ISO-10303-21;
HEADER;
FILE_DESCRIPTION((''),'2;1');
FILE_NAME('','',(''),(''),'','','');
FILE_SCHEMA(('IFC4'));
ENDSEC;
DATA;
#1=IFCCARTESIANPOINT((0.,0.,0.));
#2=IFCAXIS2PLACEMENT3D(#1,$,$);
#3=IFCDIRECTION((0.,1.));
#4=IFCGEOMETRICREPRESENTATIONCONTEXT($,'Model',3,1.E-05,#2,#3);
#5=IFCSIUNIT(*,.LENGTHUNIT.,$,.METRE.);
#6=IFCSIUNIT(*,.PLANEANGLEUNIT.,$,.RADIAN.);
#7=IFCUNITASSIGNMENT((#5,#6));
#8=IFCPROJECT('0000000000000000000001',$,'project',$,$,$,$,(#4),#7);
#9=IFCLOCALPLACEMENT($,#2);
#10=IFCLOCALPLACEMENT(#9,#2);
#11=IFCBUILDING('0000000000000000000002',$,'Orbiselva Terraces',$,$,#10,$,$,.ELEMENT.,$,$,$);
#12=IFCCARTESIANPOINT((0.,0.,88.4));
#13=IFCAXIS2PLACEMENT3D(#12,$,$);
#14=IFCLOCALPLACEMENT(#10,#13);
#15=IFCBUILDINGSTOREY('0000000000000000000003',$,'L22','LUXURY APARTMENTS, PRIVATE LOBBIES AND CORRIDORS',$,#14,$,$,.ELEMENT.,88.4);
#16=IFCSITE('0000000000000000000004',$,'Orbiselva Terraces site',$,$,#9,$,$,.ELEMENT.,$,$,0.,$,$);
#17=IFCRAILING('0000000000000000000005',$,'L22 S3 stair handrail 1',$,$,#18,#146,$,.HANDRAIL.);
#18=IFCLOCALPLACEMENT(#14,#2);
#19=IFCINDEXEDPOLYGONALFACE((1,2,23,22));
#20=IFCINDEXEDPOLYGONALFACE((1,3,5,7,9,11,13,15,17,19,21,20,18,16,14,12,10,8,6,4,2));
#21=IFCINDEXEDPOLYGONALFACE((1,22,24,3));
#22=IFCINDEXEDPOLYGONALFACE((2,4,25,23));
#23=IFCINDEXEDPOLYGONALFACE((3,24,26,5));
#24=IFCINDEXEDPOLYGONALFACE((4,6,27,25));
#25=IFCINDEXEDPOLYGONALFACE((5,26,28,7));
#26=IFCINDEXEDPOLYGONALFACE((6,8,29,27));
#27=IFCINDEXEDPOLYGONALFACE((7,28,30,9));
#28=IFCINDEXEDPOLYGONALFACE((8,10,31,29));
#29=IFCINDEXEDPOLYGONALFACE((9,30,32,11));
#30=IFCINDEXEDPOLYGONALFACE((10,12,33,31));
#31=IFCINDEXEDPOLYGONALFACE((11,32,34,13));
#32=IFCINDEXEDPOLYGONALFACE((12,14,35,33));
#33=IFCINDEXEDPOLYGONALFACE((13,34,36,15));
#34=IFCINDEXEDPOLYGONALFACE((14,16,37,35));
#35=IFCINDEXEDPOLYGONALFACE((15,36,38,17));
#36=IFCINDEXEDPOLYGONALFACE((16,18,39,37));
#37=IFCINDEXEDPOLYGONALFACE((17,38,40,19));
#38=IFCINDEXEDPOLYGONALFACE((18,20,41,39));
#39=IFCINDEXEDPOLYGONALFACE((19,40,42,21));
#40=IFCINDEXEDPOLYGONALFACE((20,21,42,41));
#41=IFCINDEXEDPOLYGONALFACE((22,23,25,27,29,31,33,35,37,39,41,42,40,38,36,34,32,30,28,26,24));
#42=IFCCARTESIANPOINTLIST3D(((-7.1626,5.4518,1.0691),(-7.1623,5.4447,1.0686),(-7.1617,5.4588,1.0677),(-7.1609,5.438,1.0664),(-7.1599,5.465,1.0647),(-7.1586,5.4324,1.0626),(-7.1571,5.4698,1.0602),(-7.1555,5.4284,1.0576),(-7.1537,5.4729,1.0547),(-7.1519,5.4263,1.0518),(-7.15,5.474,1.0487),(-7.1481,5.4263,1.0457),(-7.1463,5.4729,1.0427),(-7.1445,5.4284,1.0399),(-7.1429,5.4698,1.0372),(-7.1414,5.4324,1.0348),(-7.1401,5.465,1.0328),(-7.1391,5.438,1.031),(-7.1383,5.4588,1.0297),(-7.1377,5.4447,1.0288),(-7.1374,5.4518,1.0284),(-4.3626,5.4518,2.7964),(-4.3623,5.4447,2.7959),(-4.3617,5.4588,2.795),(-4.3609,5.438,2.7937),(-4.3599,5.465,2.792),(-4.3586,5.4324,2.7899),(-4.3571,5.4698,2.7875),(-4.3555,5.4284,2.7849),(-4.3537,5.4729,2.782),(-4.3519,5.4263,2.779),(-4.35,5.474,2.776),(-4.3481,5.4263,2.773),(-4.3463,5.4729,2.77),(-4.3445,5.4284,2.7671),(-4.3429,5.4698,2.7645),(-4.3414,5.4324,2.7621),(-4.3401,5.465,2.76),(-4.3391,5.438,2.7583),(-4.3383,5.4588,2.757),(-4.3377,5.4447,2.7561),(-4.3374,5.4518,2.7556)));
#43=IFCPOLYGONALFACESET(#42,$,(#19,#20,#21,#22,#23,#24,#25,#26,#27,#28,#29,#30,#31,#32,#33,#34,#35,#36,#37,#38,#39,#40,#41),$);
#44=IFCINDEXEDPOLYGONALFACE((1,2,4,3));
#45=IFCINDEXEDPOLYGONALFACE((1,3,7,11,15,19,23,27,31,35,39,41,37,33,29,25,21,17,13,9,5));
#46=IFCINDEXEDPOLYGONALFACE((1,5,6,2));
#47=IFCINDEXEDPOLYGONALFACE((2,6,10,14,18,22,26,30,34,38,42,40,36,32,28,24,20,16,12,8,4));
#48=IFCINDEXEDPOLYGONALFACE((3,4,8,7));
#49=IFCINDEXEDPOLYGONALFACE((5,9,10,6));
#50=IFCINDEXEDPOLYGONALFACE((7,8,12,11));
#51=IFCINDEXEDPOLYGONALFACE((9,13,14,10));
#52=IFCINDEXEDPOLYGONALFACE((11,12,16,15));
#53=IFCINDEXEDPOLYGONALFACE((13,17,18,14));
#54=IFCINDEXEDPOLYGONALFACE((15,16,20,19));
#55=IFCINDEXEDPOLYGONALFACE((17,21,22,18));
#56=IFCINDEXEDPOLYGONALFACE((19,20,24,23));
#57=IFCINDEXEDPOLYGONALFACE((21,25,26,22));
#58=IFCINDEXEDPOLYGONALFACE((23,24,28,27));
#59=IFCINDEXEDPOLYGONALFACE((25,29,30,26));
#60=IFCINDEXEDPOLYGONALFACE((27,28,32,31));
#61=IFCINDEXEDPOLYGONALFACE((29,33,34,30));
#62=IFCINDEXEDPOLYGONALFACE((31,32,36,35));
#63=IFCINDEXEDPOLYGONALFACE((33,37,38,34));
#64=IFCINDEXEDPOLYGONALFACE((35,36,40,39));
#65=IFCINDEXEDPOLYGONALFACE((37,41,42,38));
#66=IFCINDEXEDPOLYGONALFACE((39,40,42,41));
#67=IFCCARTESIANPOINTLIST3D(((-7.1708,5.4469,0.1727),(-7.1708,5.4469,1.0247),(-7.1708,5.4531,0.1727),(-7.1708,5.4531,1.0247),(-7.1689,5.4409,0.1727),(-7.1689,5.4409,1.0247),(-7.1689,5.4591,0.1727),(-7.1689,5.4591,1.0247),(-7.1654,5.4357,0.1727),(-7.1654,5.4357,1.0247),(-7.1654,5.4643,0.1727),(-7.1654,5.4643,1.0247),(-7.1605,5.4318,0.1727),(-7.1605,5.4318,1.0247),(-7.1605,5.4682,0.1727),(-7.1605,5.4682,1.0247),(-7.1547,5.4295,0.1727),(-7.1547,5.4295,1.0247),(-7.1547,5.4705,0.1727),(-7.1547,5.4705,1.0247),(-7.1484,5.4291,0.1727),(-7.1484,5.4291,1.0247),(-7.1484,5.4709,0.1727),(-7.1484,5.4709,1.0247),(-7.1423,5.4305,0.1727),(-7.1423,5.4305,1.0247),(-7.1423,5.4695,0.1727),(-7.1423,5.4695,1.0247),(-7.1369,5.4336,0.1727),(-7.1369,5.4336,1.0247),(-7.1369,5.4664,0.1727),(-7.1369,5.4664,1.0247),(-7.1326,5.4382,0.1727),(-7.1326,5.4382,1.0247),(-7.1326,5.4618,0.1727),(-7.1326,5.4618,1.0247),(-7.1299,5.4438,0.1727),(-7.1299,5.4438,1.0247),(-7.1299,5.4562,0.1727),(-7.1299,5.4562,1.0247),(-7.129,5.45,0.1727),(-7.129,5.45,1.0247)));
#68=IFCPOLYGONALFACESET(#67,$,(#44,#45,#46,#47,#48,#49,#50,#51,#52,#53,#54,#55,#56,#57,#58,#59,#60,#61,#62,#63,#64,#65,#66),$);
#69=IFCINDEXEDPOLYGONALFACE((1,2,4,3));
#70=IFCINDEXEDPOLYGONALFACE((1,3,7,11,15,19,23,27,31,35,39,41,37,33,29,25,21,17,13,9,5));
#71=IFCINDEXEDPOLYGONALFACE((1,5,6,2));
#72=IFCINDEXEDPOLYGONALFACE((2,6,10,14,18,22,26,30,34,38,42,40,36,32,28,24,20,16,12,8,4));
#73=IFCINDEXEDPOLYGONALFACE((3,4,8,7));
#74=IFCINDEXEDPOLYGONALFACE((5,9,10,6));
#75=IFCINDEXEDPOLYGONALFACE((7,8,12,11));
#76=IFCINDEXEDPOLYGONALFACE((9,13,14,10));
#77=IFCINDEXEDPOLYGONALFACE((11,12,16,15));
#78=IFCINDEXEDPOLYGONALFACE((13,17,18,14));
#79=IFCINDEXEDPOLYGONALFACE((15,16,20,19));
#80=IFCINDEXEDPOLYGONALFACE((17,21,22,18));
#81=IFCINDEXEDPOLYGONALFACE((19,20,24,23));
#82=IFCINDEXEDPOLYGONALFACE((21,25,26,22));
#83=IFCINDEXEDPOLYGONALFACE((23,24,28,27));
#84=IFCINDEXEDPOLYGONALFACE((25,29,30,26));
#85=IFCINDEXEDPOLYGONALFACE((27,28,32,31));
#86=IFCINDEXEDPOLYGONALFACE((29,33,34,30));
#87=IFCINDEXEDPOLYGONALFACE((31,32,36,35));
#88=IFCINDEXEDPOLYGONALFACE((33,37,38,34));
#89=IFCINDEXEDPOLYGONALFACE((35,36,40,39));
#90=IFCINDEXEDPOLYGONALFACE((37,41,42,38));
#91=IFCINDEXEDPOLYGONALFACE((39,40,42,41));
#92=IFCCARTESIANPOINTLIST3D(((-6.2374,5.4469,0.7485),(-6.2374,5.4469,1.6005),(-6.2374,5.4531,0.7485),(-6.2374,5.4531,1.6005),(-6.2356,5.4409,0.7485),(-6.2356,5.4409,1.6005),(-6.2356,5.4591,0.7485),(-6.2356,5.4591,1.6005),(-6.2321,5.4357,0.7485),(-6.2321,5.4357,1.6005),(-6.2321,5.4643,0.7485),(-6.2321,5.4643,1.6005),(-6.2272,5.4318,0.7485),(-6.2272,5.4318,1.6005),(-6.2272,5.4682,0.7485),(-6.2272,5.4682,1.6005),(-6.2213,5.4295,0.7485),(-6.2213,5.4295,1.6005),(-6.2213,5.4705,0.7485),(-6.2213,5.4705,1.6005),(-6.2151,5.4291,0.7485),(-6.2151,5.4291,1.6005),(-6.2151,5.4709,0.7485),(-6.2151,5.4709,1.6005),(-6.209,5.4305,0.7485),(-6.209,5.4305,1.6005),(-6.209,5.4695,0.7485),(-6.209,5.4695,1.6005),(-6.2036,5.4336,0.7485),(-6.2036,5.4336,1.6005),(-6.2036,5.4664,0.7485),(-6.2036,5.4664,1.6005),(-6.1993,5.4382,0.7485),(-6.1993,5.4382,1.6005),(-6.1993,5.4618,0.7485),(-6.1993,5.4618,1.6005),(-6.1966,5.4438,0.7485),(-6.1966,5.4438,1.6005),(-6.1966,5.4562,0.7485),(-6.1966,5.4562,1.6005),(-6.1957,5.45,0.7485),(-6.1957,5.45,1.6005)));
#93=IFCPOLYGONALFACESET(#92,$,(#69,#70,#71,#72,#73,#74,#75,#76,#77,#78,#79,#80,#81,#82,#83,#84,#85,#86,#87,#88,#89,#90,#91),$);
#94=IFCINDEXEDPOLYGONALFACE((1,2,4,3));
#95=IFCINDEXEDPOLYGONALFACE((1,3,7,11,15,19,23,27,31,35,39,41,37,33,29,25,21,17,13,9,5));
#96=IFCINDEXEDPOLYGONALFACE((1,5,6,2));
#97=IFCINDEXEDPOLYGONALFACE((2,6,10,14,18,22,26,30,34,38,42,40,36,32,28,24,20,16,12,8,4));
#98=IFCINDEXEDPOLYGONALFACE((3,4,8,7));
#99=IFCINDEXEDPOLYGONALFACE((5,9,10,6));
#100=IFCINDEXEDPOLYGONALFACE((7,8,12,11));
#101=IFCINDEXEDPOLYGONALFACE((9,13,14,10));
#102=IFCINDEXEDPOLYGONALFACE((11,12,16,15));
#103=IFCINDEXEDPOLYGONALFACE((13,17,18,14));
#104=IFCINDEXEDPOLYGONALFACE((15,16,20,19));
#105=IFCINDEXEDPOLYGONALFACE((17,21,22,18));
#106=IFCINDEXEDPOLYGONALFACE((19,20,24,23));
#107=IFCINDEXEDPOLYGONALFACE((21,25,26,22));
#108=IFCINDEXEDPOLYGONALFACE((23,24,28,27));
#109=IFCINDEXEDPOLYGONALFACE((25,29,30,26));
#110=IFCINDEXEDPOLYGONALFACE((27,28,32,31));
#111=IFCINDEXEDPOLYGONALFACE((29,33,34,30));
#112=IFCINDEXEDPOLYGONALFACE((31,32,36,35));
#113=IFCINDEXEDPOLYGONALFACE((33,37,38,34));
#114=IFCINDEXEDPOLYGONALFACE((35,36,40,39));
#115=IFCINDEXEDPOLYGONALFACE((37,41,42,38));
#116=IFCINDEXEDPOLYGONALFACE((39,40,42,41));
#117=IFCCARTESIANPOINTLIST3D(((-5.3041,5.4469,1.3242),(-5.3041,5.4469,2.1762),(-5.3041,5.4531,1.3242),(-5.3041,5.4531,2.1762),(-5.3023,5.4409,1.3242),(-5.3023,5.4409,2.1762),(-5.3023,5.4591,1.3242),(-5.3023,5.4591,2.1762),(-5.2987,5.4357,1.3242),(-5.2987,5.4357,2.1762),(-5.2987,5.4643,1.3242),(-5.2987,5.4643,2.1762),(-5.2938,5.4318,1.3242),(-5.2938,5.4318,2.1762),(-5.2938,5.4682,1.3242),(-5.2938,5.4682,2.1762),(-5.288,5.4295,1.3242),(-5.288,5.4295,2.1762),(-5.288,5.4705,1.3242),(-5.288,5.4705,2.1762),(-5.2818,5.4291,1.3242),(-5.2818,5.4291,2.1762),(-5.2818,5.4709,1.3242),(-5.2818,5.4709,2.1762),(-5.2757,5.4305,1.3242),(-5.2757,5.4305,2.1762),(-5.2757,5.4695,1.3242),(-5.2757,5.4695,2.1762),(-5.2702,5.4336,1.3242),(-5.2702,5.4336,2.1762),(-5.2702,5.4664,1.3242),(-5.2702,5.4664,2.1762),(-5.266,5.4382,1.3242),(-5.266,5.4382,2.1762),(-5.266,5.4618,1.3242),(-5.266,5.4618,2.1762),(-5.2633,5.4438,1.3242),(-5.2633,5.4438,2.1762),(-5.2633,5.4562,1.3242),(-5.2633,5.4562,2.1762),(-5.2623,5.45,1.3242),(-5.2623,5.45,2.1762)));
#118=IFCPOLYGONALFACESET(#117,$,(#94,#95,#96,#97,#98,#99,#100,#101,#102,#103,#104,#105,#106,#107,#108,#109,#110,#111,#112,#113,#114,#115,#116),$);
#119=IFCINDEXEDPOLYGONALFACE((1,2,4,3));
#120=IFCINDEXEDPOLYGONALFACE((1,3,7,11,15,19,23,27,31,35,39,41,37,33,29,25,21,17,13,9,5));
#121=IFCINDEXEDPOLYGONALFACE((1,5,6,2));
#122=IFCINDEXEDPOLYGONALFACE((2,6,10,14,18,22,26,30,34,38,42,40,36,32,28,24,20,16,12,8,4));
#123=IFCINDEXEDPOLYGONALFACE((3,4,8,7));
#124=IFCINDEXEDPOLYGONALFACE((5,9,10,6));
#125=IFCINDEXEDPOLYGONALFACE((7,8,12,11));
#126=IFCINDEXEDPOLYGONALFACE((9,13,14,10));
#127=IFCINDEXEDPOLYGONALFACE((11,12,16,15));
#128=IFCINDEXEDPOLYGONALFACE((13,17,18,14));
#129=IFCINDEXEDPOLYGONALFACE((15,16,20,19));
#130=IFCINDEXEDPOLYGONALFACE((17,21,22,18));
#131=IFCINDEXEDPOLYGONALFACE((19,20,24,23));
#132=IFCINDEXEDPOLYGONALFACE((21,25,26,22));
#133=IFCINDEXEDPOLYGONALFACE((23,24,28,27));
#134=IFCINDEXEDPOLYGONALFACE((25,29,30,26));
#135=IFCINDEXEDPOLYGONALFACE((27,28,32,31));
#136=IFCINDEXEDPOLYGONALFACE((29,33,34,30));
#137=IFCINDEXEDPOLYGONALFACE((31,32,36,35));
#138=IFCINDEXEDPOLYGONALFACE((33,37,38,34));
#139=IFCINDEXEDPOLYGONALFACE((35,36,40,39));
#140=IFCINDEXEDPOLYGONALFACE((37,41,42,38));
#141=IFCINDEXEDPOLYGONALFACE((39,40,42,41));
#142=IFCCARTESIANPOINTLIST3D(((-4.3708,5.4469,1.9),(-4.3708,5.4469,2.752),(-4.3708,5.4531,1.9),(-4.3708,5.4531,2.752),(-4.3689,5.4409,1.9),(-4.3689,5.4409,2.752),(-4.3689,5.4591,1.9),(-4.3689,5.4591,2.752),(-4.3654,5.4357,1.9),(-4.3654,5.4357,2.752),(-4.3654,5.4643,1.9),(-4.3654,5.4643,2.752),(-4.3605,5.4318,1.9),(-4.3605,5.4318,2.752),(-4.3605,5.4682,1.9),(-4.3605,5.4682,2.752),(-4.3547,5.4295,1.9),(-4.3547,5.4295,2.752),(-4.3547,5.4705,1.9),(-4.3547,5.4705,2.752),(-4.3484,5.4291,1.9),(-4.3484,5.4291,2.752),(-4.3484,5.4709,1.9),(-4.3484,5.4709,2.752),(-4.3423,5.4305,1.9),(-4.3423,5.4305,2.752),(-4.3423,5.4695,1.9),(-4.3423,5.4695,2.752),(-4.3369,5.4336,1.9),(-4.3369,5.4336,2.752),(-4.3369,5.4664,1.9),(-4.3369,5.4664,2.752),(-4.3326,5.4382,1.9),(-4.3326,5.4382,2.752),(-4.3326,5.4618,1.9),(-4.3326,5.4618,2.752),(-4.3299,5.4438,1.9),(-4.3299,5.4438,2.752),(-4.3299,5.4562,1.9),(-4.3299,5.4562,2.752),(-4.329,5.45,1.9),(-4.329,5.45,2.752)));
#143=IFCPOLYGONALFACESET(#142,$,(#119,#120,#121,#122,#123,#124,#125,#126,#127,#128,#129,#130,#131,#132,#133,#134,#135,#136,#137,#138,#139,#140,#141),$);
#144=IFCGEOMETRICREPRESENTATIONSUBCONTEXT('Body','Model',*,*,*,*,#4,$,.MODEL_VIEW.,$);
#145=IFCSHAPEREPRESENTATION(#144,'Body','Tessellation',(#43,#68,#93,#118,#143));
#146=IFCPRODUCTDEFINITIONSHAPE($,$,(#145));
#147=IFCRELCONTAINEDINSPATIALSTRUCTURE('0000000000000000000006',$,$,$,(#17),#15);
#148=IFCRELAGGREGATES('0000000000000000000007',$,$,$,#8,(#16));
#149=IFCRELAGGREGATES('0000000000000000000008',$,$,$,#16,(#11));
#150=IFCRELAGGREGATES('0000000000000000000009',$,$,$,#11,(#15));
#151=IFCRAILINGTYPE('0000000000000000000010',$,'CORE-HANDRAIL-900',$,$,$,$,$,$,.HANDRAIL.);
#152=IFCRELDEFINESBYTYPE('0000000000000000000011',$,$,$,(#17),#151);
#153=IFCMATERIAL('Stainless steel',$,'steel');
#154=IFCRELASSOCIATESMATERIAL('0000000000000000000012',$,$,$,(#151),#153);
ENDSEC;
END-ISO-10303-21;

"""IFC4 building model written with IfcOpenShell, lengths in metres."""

from ifc_helpers import new_model, si_unit, direction, frame, origin, origin_2d, place, context, subcontext, project, spatial, circle, extrude, material, type_object, element, save


model = new_model("IFC4")

# Units and contexts
model_context = context("Model", 3, precision=1e-05, world=origin(), true_north=direction((0.0, 1.0)))
body_context = subcontext(model_context, "Body", "Model", "MODEL_VIEW")
ifc_project = project(units=[si_unit("LENGTHUNIT", "METRE"), si_unit("PLANEANGLEUNIT", "RADIAN")], contexts=[model_context])

# Site, building, storey
site_placement = place(None, origin())
site = spatial("IfcSite", under=ifc_project, at=site_placement, Name="Orbiselva Terraces site", CompositionType="ELEMENT", RefElevation=0.0)
building_placement = place(site_placement, origin())
building = spatial("IfcBuilding", under=site, at=building_placement, Name="Orbiselva Terraces", CompositionType="ELEMENT")
storey_placement = place(building_placement, frame((0.0, 0.0, 88.4)))
storey = spatial("IfcBuildingStorey", under=building, at=storey_placement, Name="L22", Description="LUXURY APARTMENTS, PRIVATE LOBBIES AND CORRIDORS", CompositionType="ELEMENT", Elevation=88.4)

# Railing
ifc_material_1 = material(Name="Stainless steel", Category="steel")
railing_type_1 = type_object("IfcRailingType", Name="CORE-HANDRAIL-900", PredefinedType="HANDRAIL", material=ifc_material_1)
railing_1_placement = place(storey_placement, frame((-7.15, 5.45, 0.1727)))
element("IfcRailing", 1, at=railing_1_placement, inside=storey, type_object=railing_type_1, Name="L22 S3 stair handrail 1", PredefinedType="HANDRAIL", context=body_context, shape_type="SweptSolid", body=[
    extrude(circle(Radius=0.024, at=origin_2d()), frame((0.0, 0.0, 0.876), z_axis=(0.851089, 0.0, 0.525022), x_axis=(0.0, 1.0, 0.0)), (0.0, 0.0, 1.0), 3.2899),
    extrude(circle(Radius=0.021, at=origin_2d()), origin(), (0.0, 0.0, 1.0), 0.852),
    extrude(circle(Radius=0.021, at=origin_2d()), frame((0.9333, 0.0, 0.5758)), (0.0, 0.0, 1.0), 0.852),
    extrude(circle(Radius=0.021, at=origin_2d()), frame((1.8667, 0.0, 1.1515)), (0.0, 0.0, 1.0), 0.852),
    extrude(circle(Radius=0.021, at=origin_2d()), frame((2.8, 0.0, 1.7273)), (0.0, 0.0, 1.0), 0.852),
])

save(model, "model.ifc")
